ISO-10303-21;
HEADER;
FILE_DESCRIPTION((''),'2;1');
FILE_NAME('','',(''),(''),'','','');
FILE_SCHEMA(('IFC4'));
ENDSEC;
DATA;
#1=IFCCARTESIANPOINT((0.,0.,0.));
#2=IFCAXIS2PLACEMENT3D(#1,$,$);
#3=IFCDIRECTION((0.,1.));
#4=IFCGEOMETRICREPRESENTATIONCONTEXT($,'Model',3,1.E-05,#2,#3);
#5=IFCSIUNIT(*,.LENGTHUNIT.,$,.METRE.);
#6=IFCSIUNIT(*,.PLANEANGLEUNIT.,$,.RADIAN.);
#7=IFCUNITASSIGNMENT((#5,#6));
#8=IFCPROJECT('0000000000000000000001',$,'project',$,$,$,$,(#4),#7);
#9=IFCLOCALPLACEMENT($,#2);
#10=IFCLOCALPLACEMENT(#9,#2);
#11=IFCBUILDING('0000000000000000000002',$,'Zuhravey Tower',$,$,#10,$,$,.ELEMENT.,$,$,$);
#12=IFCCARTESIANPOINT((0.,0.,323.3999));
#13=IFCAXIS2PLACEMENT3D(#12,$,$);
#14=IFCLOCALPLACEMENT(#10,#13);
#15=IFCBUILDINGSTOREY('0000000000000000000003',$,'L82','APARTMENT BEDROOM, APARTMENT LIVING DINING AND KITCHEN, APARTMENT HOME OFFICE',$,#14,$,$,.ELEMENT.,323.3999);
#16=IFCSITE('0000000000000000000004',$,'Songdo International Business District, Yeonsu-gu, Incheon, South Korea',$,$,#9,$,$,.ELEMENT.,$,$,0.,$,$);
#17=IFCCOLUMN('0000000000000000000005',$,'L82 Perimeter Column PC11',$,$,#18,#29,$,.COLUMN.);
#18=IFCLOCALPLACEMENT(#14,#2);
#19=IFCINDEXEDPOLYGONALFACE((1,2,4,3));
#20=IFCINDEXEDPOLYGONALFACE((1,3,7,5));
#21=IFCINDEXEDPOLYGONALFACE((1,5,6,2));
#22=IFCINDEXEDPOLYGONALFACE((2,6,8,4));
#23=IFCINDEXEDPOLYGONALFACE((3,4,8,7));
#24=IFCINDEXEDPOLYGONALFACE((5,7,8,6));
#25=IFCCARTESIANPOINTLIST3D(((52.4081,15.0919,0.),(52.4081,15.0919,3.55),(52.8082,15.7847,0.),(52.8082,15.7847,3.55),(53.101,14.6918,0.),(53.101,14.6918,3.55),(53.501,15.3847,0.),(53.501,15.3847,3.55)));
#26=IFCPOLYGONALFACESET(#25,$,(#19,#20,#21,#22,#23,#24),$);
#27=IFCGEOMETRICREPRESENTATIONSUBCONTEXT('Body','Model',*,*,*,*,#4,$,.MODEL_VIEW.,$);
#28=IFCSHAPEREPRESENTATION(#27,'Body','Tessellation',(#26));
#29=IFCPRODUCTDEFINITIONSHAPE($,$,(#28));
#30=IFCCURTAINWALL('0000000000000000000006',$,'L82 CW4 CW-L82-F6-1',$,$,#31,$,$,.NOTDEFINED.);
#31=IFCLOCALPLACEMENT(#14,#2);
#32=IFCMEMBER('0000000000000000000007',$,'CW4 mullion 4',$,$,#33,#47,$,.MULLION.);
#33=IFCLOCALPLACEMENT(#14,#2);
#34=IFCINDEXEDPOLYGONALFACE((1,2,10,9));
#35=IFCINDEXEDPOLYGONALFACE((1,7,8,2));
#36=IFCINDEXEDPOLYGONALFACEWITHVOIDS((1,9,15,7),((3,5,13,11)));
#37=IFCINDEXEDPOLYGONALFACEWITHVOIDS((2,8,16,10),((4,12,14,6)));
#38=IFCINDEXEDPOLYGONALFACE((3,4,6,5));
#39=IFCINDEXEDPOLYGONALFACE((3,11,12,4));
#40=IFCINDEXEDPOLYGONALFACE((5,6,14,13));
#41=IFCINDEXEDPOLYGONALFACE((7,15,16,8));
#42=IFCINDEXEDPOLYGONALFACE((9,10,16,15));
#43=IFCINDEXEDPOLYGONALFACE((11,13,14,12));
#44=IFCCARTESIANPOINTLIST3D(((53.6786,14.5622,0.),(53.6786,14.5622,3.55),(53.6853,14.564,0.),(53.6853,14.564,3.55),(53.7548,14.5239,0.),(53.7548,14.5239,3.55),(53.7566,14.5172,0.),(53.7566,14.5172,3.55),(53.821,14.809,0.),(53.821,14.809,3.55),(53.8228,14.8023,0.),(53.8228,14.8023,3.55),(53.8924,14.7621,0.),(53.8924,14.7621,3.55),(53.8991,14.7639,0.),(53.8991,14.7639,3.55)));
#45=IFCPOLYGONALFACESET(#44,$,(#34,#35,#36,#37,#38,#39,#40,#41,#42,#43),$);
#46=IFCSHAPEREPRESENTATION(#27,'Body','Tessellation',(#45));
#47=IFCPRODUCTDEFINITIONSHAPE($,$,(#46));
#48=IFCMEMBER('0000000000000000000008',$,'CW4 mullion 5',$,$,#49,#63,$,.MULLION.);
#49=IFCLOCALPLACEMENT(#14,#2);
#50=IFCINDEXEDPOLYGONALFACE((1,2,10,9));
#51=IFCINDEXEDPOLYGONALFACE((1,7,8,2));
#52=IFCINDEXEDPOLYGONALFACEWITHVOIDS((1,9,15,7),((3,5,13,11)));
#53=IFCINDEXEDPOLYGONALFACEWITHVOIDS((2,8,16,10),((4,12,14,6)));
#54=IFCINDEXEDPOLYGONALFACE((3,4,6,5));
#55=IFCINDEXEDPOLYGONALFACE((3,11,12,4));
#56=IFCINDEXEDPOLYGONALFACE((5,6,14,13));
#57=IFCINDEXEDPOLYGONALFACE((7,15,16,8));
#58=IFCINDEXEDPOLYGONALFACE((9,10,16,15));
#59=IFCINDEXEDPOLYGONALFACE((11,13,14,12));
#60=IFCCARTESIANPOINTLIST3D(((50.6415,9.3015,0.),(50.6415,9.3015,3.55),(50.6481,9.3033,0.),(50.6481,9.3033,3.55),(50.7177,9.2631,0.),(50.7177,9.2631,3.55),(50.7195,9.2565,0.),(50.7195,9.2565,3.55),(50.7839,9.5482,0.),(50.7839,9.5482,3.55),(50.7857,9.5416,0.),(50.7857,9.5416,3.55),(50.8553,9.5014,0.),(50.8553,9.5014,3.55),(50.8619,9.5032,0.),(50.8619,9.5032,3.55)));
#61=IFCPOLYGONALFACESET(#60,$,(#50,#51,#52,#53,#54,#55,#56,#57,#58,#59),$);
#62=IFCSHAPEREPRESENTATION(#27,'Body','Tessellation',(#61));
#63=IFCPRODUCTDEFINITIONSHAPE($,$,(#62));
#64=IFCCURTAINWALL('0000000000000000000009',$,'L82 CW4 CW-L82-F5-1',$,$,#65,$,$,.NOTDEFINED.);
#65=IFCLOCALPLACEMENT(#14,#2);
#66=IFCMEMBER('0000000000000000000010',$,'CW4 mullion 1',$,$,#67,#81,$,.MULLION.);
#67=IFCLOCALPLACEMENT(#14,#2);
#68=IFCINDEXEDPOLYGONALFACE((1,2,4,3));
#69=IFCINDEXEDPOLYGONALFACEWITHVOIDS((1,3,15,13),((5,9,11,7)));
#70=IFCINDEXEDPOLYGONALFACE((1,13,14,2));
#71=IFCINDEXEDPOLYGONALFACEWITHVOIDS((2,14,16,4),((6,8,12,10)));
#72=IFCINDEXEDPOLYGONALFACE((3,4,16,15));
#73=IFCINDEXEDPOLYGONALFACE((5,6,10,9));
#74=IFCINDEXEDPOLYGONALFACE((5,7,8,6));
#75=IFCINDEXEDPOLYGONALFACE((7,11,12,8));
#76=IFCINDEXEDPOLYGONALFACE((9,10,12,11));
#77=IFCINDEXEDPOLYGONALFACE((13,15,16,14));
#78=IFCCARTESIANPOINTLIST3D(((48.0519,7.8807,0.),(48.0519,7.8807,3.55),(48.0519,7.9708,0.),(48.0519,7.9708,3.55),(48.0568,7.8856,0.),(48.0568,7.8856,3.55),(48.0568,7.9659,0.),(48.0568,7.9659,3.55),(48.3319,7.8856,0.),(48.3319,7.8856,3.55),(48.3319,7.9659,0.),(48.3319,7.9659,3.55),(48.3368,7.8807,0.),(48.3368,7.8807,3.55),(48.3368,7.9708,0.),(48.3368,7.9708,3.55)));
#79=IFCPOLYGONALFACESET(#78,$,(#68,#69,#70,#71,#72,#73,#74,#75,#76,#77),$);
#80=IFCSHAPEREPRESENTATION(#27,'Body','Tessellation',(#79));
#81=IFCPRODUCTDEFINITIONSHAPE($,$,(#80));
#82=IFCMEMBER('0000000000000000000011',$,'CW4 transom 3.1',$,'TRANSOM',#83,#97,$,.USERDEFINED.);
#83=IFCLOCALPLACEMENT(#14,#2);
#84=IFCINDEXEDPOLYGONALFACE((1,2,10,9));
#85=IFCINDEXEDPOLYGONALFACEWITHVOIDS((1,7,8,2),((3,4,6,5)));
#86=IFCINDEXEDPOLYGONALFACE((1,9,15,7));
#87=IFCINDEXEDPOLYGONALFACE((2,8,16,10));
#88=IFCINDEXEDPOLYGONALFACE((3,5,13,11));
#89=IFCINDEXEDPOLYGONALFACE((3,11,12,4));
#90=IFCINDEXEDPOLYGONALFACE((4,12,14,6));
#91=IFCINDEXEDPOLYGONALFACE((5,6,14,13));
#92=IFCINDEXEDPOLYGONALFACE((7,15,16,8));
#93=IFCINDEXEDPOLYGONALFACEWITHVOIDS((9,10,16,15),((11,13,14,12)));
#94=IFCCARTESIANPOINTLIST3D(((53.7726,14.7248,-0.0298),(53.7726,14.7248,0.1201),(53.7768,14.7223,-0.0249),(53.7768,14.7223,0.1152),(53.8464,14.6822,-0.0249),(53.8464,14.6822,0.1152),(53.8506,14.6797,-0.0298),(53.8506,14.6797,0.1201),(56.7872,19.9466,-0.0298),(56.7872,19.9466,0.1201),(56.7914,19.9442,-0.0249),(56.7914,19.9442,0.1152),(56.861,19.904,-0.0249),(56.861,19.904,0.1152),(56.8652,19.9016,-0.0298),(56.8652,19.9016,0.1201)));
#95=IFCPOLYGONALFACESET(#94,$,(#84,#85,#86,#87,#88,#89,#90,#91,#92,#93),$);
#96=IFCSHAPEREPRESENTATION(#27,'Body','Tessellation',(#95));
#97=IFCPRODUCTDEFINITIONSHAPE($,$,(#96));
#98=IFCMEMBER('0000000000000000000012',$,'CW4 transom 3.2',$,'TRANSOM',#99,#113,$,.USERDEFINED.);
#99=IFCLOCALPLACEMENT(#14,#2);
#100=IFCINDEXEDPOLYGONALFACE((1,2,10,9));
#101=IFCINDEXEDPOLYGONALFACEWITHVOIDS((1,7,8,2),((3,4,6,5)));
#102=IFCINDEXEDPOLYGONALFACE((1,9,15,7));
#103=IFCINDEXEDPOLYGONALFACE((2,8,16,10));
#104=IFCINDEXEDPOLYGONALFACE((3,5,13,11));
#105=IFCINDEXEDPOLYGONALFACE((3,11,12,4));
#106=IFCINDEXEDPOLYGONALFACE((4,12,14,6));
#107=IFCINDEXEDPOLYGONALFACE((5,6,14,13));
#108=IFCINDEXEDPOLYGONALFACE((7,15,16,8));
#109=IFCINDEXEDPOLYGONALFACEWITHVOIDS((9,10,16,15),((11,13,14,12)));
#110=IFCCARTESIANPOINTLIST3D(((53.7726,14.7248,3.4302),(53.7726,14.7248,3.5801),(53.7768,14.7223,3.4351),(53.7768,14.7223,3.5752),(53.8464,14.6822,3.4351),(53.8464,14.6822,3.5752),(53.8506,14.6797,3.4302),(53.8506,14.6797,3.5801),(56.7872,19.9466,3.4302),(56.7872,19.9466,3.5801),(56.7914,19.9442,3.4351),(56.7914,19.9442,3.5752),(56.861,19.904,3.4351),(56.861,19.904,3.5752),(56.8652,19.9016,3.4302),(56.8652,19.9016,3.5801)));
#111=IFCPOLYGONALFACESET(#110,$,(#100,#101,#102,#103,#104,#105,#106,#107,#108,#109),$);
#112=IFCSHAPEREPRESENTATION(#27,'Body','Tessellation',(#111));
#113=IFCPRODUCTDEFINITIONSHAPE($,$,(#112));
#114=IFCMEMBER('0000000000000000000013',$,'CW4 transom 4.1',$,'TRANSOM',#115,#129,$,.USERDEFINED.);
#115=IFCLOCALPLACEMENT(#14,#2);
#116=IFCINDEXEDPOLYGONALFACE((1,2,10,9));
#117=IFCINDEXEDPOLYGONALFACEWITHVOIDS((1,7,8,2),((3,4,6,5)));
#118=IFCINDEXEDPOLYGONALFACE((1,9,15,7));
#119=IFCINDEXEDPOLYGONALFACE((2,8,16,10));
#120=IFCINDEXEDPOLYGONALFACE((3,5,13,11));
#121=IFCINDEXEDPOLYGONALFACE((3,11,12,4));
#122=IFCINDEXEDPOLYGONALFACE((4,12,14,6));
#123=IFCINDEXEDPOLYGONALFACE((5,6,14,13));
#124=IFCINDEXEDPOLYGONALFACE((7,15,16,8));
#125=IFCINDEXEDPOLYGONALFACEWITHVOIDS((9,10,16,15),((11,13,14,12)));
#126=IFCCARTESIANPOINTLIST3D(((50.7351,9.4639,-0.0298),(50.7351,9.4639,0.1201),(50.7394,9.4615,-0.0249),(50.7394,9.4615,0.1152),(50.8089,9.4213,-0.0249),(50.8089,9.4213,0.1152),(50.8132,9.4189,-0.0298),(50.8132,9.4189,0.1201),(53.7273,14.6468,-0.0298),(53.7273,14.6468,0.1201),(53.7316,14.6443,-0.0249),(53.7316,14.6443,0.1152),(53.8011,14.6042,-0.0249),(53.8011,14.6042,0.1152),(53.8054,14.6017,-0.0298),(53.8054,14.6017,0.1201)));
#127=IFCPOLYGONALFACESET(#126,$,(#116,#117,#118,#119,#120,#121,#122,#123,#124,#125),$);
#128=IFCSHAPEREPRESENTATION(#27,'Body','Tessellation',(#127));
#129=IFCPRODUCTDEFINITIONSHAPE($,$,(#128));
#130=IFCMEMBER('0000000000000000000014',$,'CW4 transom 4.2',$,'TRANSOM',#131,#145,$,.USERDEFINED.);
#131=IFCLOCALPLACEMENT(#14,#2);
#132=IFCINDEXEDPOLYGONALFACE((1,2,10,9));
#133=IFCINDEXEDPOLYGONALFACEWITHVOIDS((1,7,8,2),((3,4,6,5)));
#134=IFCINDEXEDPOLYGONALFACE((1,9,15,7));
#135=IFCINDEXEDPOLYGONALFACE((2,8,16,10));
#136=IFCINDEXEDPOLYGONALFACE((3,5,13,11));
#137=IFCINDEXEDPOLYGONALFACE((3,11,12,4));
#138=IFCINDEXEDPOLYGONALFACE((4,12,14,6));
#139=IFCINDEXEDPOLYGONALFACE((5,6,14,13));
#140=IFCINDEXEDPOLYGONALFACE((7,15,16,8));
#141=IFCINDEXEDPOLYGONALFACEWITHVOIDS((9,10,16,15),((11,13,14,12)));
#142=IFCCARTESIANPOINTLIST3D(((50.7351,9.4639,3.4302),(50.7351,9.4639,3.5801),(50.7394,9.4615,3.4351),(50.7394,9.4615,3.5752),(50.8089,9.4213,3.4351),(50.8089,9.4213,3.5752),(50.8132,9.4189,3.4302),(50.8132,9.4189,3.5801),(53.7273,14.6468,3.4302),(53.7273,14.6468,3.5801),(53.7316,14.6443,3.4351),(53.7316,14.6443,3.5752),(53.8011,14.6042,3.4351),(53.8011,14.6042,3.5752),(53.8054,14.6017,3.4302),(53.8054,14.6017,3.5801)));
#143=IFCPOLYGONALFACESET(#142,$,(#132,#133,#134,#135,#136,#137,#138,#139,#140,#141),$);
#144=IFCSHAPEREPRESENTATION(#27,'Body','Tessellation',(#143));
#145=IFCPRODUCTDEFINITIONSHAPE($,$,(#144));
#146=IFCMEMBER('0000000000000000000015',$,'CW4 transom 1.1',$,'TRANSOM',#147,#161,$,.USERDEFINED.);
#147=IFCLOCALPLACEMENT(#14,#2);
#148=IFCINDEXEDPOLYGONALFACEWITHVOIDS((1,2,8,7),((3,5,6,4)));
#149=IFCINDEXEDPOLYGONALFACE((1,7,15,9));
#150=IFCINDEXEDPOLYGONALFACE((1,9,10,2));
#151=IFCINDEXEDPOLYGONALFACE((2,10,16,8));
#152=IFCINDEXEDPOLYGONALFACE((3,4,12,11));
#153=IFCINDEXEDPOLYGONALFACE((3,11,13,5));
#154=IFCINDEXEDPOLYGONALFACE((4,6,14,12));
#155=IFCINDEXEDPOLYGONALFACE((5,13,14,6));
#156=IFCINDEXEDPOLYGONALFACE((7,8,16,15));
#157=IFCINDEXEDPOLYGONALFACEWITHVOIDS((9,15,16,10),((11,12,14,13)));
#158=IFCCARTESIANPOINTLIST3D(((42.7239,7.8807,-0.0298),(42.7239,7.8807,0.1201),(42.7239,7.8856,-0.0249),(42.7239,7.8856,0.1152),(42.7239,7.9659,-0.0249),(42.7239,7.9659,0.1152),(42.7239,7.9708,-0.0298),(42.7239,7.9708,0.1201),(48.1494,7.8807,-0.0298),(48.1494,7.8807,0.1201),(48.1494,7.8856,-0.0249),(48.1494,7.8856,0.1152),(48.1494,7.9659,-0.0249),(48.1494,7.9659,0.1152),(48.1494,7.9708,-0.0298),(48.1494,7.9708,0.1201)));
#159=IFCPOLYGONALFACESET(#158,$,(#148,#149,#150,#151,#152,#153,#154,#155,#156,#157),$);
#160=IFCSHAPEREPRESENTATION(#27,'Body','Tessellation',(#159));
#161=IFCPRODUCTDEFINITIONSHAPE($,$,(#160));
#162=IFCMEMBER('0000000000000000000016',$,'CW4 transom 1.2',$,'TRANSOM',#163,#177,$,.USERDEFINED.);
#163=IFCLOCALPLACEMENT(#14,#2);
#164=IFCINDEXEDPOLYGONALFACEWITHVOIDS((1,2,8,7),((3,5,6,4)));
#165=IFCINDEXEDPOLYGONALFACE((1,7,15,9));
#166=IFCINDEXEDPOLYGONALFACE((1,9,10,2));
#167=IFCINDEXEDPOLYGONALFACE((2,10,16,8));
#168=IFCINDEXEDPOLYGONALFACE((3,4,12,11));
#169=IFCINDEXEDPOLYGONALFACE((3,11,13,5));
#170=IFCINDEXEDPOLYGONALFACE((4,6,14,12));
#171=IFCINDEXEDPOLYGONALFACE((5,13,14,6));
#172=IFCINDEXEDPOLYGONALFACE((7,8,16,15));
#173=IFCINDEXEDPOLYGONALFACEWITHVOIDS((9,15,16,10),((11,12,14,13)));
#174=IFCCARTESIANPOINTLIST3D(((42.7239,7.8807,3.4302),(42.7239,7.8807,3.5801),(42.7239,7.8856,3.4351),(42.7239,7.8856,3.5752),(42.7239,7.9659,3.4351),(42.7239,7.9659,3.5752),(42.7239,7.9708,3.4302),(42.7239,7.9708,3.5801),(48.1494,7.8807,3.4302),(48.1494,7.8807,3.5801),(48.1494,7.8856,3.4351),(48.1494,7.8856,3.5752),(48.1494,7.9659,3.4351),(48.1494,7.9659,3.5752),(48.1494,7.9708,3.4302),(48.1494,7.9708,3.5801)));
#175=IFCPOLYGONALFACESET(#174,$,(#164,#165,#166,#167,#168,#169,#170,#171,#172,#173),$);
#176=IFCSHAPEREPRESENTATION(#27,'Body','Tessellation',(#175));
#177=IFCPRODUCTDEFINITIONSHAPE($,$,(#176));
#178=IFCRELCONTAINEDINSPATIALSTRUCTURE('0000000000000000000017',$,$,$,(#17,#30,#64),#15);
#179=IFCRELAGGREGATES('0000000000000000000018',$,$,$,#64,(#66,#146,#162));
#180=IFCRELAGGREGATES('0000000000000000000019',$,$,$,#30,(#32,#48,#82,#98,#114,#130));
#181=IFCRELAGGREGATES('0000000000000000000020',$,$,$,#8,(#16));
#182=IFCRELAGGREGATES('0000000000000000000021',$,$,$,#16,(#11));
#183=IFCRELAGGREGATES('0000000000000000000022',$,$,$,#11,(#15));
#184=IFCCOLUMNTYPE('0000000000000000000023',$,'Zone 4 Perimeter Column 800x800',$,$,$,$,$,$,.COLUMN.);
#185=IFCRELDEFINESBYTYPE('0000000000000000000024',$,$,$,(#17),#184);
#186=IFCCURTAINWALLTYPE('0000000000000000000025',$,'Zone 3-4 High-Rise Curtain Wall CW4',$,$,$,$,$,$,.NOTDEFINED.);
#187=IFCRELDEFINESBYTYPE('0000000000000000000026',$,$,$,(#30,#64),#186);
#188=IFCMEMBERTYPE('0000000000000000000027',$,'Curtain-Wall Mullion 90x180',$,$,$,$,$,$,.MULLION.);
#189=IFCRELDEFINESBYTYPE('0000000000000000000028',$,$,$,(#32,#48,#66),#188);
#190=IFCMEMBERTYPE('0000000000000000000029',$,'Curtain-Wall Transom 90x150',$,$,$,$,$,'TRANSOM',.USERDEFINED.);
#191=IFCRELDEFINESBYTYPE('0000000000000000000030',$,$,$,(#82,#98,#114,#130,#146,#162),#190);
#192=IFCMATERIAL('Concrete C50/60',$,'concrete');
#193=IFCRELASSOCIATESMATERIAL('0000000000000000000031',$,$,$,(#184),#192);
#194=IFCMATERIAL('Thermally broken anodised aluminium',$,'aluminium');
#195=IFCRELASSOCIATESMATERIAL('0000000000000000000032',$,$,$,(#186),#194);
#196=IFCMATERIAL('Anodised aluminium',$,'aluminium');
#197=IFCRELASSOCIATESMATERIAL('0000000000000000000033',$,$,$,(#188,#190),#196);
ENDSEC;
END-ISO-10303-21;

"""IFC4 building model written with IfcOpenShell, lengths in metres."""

from ifc_helpers import new_model, si_unit, direction, frame, origin, origin_2d, place, context, subcontext, project, spatial, rectangle, hollow_rectangle, extrude, material, material_profile, profile_set, type_object, element, aggregate, save


model = new_model("IFC4")

# Units and contexts
model_context = context("Model", 3, precision=1e-05, world=origin(), true_north=direction((0.0, 1.0)))
body_context = subcontext(model_context, "Body", "Model", "MODEL_VIEW")
ifc_project = project(units=[si_unit("LENGTHUNIT", "METRE"), si_unit("PLANEANGLEUNIT", "RADIAN")], contexts=[model_context])

# Site, building, storey
site_placement = place(None, origin())
site = spatial("IfcSite", under=ifc_project, at=site_placement, Name="Songdo International Business District, Yeonsu-gu, Incheon, South Korea", CompositionType="ELEMENT", RefElevation=0.0)
building_placement = place(site_placement, origin())
building = spatial("IfcBuilding", under=site, at=building_placement, Name="Zuhravey Tower", CompositionType="ELEMENT")
storey_placement = place(building_placement, frame((0.0, 0.0, 323.3999)))
storey = spatial("IfcBuildingStorey", under=building, at=storey_placement, Name="L82", Description="APARTMENT BEDROOM, APARTMENT LIVING DINING AND KITCHEN, APARTMENT HOME OFFICE", CompositionType="ELEMENT", Elevation=323.3999)

# Column
ifc_material_1 = material(Name="Concrete C50/60", Category="concrete")
ifc_material_profile_1 = material_profile(ifc_material_1, rectangle(XDim=0.8, YDim=0.8, at=origin_2d()), Name="RC-800x800")
ifc_profile_set_1 = profile_set([ifc_material_profile_1], Name="Concrete C50/60")
column_type = type_object("IfcColumnType", Name="Zone 4 Perimeter Column 800x800", PredefinedType="COLUMN", material=ifc_profile_set_1)
column_placement = place(storey_placement, frame((52.9546, 15.2383, 0.0), z_axis=(0.0, 0.0, 1.0), x_axis=(0.5, 0.866025, 0.0)))
element("IfcColumn", 1, at=column_placement, inside=storey, type_object=column_type, Name="L82 Perimeter Column PC11", PredefinedType="COLUMN", context=body_context, shape_type="SweptSolid", body=[
    extrude(rectangle(XDim=0.8, YDim=0.8, at=origin_2d()), origin(), (0.0, 0.0, 1.0), 3.55),
])

# Curtain wall, members
ifc_material_2 = material(Name="Thermally broken anodised aluminium", Category="aluminium")
curtain_wall_type = type_object("IfcCurtainWallType", Name="Zone 3-4 High-Rise Curtain Wall CW4", PredefinedType="NOTDEFINED", material=ifc_material_2)
curtain_wall_1_placement = place(storey_placement, origin())
curtain_wall_1 = element("IfcCurtainWall", 2, at=curtain_wall_1_placement, inside=storey, type_object=curtain_wall_type, Name="L82 CW4 CW-L82-F6-1", PredefinedType="NOTDEFINED")
ifc_material_3 = material(Name="Anodised aluminium", Category="aluminium")
ifc_material_profile_2 = material_profile(ifc_material_3, hollow_rectangle(XDim=0.0901, YDim=0.2849, WallThickness=0.0049, at=origin_2d()), Name="ALU-RHS-90x285x5")
ifc_profile_set_2 = profile_set([ifc_material_profile_2], Name="Anodised aluminium")
member_type_1 = type_object("IfcMemberType", Name="Curtain-Wall Mullion 90x180", PredefinedType="MULLION", material=ifc_profile_set_2)
member_1_placement = place(storey_placement, frame((53.7888, 14.6631, 0.0), z_axis=(0.0, 0.0, 1.0), x_axis=(0.866026, -0.5, 0.0)))
member_1 = element("IfcMember", 3, at=member_1_placement, type_object=member_type_1, Name="CW4 mullion 4", PredefinedType="MULLION", context=body_context, shape_type="SweptSolid", body=[
    extrude(hollow_rectangle(XDim=0.0901, YDim=0.2849, WallThickness=0.0049, at=origin_2d()), origin(), (0.0, 0.0, 1.0), 3.55),
])
member_2_placement = place(storey_placement, frame((50.7517, 9.4023, 0.0), z_axis=(0.0, 0.0, 1.0), x_axis=(0.866026, -0.5, 0.0)))
member_2 = element("IfcMember", 4, at=member_2_placement, type_object=member_type_1, Name="CW4 mullion 5", PredefinedType="MULLION", context=body_context, shape_type="SweptSolid", body=[
    extrude(hollow_rectangle(XDim=0.0901, YDim=0.2849, WallThickness=0.0049, at=origin_2d()), origin(), (0.0, 0.0, 1.0), 3.55),
])

# Curtain wall, member
curtain_wall_2_placement = place(storey_placement, origin())
curtain_wall_2 = element("IfcCurtainWall", 5, at=curtain_wall_2_placement, inside=storey, type_object=curtain_wall_type, Name="L82 CW4 CW-L82-F5-1", PredefinedType="NOTDEFINED")
member_3_placement = place(storey_placement, frame((48.1943, 7.9258, 0.0), z_axis=(0.0, 0.0, 1.0), x_axis=(0.0, -1.0, 0.0)))
member_3 = element("IfcMember", 6, at=member_3_placement, type_object=member_type_1, Name="CW4 mullion 1", PredefinedType="MULLION", context=body_context, shape_type="SweptSolid", body=[
    extrude(hollow_rectangle(XDim=0.0901, YDim=0.2849, WallThickness=0.0049, at=origin_2d()), origin(), (0.0, 0.0, 1.0), 3.55),
])

# Members
ifc_material_profile_3 = material_profile(ifc_material_3, hollow_rectangle(XDim=0.0901, YDim=0.1499, WallThickness=0.0049, at=origin_2d()), Name="ALU-RHS-90x150x5")
ifc_profile_set_3 = profile_set([ifc_material_profile_3], Name="Anodised aluminium")
member_type_2 = type_object("IfcMemberType", Name="Curtain-Wall Transom 90x150", ElementType="TRANSOM", PredefinedType="USERDEFINED", material=ifc_profile_set_3)
member_4_placement = place(storey_placement, frame((56.8262, 19.9241, 0.0452), z_axis=(-0.499971, -0.866042, 0.0), x_axis=(0.866042, -0.499971, 0.0)))
member_4 = element("IfcMember", 7, at=member_4_placement, type_object=member_type_2, Name="CW4 transom 3.1", ObjectType="TRANSOM", PredefinedType="USERDEFINED", context=body_context, shape_type="SweptSolid", body=[
    extrude(hollow_rectangle(XDim=0.0901, YDim=0.1499, WallThickness=0.0049, at=origin_2d()), origin(), (0.0, 0.0, 1.0), 6.0295),
])
member_5_placement = place(storey_placement, frame((56.8262, 19.9241, 3.5051), z_axis=(-0.499971, -0.866042, 0.0), x_axis=(0.866042, -0.499971, 0.0)))
member_5 = element("IfcMember", 8, at=member_5_placement, type_object=member_type_2, Name="CW4 transom 3.2", ObjectType="TRANSOM", PredefinedType="USERDEFINED", context=body_context, shape_type="SweptSolid", body=[
    extrude(hollow_rectangle(XDim=0.0901, YDim=0.1499, WallThickness=0.0049, at=origin_2d()), origin(), (0.0, 0.0, 1.0), 6.0295),
])
member_6_placement = place(storey_placement, frame((53.7664, 14.6243, 0.0452), z_axis=(-0.499983, -0.866035, 0.0), x_axis=(0.866035, -0.499983, 0.0)))
member_6 = element("IfcMember", 9, at=member_6_placement, type_object=member_type_2, Name="CW4 transom 4.1", ObjectType="TRANSOM", PredefinedType="USERDEFINED", context=body_context, shape_type="SweptSolid", body=[
    extrude(hollow_rectangle(XDim=0.0901, YDim=0.1499, WallThickness=0.0049, at=origin_2d()), origin(), (0.0, 0.0, 1.0), 5.9846),
])
member_7_placement = place(storey_placement, frame((53.7664, 14.6243, 3.5051), z_axis=(-0.499983, -0.866035, 0.0), x_axis=(0.866035, -0.499983, 0.0)))
member_7 = element("IfcMember", 10, at=member_7_placement, type_object=member_type_2, Name="CW4 transom 4.2", ObjectType="TRANSOM", PredefinedType="USERDEFINED", context=body_context, shape_type="SweptSolid", body=[
    extrude(hollow_rectangle(XDim=0.0901, YDim=0.1499, WallThickness=0.0049, at=origin_2d()), origin(), (0.0, 0.0, 1.0), 5.9846),
])
member_8_placement = place(storey_placement, frame((48.1494, 7.9258, 0.0452), z_axis=(-1.0, 0.0, 0.0), x_axis=(0.0, -1.0, 0.0)))
member_8 = element("IfcMember", 11, at=member_8_placement, type_object=member_type_2, Name="CW4 transom 1.1", ObjectType="TRANSOM", PredefinedType="USERDEFINED", context=body_context, shape_type="SweptSolid", body=[
    extrude(hollow_rectangle(XDim=0.0901, YDim=0.1499, WallThickness=0.0049, at=origin_2d()), origin(), (0.0, 0.0, 1.0), 5.4255),
])
member_9_placement = place(storey_placement, frame((48.1494, 7.9258, 3.5051), z_axis=(-1.0, 0.0, 0.0), x_axis=(0.0, -1.0, 0.0)))
member_9 = element("IfcMember", 12, at=member_9_placement, type_object=member_type_2, Name="CW4 transom 1.2", ObjectType="TRANSOM", PredefinedType="USERDEFINED", context=body_context, shape_type="SweptSolid", body=[
    extrude(hollow_rectangle(XDim=0.0901, YDim=0.1499, WallThickness=0.0049, at=origin_2d()), origin(), (0.0, 0.0, 1.0), 5.4255),
])
aggregate(curtain_wall_2, [member_3, member_8, member_9])

aggregate(curtain_wall_1, [member_1, member_2, member_4, member_5, member_6, member_7])

save(model, "model.ifc")
